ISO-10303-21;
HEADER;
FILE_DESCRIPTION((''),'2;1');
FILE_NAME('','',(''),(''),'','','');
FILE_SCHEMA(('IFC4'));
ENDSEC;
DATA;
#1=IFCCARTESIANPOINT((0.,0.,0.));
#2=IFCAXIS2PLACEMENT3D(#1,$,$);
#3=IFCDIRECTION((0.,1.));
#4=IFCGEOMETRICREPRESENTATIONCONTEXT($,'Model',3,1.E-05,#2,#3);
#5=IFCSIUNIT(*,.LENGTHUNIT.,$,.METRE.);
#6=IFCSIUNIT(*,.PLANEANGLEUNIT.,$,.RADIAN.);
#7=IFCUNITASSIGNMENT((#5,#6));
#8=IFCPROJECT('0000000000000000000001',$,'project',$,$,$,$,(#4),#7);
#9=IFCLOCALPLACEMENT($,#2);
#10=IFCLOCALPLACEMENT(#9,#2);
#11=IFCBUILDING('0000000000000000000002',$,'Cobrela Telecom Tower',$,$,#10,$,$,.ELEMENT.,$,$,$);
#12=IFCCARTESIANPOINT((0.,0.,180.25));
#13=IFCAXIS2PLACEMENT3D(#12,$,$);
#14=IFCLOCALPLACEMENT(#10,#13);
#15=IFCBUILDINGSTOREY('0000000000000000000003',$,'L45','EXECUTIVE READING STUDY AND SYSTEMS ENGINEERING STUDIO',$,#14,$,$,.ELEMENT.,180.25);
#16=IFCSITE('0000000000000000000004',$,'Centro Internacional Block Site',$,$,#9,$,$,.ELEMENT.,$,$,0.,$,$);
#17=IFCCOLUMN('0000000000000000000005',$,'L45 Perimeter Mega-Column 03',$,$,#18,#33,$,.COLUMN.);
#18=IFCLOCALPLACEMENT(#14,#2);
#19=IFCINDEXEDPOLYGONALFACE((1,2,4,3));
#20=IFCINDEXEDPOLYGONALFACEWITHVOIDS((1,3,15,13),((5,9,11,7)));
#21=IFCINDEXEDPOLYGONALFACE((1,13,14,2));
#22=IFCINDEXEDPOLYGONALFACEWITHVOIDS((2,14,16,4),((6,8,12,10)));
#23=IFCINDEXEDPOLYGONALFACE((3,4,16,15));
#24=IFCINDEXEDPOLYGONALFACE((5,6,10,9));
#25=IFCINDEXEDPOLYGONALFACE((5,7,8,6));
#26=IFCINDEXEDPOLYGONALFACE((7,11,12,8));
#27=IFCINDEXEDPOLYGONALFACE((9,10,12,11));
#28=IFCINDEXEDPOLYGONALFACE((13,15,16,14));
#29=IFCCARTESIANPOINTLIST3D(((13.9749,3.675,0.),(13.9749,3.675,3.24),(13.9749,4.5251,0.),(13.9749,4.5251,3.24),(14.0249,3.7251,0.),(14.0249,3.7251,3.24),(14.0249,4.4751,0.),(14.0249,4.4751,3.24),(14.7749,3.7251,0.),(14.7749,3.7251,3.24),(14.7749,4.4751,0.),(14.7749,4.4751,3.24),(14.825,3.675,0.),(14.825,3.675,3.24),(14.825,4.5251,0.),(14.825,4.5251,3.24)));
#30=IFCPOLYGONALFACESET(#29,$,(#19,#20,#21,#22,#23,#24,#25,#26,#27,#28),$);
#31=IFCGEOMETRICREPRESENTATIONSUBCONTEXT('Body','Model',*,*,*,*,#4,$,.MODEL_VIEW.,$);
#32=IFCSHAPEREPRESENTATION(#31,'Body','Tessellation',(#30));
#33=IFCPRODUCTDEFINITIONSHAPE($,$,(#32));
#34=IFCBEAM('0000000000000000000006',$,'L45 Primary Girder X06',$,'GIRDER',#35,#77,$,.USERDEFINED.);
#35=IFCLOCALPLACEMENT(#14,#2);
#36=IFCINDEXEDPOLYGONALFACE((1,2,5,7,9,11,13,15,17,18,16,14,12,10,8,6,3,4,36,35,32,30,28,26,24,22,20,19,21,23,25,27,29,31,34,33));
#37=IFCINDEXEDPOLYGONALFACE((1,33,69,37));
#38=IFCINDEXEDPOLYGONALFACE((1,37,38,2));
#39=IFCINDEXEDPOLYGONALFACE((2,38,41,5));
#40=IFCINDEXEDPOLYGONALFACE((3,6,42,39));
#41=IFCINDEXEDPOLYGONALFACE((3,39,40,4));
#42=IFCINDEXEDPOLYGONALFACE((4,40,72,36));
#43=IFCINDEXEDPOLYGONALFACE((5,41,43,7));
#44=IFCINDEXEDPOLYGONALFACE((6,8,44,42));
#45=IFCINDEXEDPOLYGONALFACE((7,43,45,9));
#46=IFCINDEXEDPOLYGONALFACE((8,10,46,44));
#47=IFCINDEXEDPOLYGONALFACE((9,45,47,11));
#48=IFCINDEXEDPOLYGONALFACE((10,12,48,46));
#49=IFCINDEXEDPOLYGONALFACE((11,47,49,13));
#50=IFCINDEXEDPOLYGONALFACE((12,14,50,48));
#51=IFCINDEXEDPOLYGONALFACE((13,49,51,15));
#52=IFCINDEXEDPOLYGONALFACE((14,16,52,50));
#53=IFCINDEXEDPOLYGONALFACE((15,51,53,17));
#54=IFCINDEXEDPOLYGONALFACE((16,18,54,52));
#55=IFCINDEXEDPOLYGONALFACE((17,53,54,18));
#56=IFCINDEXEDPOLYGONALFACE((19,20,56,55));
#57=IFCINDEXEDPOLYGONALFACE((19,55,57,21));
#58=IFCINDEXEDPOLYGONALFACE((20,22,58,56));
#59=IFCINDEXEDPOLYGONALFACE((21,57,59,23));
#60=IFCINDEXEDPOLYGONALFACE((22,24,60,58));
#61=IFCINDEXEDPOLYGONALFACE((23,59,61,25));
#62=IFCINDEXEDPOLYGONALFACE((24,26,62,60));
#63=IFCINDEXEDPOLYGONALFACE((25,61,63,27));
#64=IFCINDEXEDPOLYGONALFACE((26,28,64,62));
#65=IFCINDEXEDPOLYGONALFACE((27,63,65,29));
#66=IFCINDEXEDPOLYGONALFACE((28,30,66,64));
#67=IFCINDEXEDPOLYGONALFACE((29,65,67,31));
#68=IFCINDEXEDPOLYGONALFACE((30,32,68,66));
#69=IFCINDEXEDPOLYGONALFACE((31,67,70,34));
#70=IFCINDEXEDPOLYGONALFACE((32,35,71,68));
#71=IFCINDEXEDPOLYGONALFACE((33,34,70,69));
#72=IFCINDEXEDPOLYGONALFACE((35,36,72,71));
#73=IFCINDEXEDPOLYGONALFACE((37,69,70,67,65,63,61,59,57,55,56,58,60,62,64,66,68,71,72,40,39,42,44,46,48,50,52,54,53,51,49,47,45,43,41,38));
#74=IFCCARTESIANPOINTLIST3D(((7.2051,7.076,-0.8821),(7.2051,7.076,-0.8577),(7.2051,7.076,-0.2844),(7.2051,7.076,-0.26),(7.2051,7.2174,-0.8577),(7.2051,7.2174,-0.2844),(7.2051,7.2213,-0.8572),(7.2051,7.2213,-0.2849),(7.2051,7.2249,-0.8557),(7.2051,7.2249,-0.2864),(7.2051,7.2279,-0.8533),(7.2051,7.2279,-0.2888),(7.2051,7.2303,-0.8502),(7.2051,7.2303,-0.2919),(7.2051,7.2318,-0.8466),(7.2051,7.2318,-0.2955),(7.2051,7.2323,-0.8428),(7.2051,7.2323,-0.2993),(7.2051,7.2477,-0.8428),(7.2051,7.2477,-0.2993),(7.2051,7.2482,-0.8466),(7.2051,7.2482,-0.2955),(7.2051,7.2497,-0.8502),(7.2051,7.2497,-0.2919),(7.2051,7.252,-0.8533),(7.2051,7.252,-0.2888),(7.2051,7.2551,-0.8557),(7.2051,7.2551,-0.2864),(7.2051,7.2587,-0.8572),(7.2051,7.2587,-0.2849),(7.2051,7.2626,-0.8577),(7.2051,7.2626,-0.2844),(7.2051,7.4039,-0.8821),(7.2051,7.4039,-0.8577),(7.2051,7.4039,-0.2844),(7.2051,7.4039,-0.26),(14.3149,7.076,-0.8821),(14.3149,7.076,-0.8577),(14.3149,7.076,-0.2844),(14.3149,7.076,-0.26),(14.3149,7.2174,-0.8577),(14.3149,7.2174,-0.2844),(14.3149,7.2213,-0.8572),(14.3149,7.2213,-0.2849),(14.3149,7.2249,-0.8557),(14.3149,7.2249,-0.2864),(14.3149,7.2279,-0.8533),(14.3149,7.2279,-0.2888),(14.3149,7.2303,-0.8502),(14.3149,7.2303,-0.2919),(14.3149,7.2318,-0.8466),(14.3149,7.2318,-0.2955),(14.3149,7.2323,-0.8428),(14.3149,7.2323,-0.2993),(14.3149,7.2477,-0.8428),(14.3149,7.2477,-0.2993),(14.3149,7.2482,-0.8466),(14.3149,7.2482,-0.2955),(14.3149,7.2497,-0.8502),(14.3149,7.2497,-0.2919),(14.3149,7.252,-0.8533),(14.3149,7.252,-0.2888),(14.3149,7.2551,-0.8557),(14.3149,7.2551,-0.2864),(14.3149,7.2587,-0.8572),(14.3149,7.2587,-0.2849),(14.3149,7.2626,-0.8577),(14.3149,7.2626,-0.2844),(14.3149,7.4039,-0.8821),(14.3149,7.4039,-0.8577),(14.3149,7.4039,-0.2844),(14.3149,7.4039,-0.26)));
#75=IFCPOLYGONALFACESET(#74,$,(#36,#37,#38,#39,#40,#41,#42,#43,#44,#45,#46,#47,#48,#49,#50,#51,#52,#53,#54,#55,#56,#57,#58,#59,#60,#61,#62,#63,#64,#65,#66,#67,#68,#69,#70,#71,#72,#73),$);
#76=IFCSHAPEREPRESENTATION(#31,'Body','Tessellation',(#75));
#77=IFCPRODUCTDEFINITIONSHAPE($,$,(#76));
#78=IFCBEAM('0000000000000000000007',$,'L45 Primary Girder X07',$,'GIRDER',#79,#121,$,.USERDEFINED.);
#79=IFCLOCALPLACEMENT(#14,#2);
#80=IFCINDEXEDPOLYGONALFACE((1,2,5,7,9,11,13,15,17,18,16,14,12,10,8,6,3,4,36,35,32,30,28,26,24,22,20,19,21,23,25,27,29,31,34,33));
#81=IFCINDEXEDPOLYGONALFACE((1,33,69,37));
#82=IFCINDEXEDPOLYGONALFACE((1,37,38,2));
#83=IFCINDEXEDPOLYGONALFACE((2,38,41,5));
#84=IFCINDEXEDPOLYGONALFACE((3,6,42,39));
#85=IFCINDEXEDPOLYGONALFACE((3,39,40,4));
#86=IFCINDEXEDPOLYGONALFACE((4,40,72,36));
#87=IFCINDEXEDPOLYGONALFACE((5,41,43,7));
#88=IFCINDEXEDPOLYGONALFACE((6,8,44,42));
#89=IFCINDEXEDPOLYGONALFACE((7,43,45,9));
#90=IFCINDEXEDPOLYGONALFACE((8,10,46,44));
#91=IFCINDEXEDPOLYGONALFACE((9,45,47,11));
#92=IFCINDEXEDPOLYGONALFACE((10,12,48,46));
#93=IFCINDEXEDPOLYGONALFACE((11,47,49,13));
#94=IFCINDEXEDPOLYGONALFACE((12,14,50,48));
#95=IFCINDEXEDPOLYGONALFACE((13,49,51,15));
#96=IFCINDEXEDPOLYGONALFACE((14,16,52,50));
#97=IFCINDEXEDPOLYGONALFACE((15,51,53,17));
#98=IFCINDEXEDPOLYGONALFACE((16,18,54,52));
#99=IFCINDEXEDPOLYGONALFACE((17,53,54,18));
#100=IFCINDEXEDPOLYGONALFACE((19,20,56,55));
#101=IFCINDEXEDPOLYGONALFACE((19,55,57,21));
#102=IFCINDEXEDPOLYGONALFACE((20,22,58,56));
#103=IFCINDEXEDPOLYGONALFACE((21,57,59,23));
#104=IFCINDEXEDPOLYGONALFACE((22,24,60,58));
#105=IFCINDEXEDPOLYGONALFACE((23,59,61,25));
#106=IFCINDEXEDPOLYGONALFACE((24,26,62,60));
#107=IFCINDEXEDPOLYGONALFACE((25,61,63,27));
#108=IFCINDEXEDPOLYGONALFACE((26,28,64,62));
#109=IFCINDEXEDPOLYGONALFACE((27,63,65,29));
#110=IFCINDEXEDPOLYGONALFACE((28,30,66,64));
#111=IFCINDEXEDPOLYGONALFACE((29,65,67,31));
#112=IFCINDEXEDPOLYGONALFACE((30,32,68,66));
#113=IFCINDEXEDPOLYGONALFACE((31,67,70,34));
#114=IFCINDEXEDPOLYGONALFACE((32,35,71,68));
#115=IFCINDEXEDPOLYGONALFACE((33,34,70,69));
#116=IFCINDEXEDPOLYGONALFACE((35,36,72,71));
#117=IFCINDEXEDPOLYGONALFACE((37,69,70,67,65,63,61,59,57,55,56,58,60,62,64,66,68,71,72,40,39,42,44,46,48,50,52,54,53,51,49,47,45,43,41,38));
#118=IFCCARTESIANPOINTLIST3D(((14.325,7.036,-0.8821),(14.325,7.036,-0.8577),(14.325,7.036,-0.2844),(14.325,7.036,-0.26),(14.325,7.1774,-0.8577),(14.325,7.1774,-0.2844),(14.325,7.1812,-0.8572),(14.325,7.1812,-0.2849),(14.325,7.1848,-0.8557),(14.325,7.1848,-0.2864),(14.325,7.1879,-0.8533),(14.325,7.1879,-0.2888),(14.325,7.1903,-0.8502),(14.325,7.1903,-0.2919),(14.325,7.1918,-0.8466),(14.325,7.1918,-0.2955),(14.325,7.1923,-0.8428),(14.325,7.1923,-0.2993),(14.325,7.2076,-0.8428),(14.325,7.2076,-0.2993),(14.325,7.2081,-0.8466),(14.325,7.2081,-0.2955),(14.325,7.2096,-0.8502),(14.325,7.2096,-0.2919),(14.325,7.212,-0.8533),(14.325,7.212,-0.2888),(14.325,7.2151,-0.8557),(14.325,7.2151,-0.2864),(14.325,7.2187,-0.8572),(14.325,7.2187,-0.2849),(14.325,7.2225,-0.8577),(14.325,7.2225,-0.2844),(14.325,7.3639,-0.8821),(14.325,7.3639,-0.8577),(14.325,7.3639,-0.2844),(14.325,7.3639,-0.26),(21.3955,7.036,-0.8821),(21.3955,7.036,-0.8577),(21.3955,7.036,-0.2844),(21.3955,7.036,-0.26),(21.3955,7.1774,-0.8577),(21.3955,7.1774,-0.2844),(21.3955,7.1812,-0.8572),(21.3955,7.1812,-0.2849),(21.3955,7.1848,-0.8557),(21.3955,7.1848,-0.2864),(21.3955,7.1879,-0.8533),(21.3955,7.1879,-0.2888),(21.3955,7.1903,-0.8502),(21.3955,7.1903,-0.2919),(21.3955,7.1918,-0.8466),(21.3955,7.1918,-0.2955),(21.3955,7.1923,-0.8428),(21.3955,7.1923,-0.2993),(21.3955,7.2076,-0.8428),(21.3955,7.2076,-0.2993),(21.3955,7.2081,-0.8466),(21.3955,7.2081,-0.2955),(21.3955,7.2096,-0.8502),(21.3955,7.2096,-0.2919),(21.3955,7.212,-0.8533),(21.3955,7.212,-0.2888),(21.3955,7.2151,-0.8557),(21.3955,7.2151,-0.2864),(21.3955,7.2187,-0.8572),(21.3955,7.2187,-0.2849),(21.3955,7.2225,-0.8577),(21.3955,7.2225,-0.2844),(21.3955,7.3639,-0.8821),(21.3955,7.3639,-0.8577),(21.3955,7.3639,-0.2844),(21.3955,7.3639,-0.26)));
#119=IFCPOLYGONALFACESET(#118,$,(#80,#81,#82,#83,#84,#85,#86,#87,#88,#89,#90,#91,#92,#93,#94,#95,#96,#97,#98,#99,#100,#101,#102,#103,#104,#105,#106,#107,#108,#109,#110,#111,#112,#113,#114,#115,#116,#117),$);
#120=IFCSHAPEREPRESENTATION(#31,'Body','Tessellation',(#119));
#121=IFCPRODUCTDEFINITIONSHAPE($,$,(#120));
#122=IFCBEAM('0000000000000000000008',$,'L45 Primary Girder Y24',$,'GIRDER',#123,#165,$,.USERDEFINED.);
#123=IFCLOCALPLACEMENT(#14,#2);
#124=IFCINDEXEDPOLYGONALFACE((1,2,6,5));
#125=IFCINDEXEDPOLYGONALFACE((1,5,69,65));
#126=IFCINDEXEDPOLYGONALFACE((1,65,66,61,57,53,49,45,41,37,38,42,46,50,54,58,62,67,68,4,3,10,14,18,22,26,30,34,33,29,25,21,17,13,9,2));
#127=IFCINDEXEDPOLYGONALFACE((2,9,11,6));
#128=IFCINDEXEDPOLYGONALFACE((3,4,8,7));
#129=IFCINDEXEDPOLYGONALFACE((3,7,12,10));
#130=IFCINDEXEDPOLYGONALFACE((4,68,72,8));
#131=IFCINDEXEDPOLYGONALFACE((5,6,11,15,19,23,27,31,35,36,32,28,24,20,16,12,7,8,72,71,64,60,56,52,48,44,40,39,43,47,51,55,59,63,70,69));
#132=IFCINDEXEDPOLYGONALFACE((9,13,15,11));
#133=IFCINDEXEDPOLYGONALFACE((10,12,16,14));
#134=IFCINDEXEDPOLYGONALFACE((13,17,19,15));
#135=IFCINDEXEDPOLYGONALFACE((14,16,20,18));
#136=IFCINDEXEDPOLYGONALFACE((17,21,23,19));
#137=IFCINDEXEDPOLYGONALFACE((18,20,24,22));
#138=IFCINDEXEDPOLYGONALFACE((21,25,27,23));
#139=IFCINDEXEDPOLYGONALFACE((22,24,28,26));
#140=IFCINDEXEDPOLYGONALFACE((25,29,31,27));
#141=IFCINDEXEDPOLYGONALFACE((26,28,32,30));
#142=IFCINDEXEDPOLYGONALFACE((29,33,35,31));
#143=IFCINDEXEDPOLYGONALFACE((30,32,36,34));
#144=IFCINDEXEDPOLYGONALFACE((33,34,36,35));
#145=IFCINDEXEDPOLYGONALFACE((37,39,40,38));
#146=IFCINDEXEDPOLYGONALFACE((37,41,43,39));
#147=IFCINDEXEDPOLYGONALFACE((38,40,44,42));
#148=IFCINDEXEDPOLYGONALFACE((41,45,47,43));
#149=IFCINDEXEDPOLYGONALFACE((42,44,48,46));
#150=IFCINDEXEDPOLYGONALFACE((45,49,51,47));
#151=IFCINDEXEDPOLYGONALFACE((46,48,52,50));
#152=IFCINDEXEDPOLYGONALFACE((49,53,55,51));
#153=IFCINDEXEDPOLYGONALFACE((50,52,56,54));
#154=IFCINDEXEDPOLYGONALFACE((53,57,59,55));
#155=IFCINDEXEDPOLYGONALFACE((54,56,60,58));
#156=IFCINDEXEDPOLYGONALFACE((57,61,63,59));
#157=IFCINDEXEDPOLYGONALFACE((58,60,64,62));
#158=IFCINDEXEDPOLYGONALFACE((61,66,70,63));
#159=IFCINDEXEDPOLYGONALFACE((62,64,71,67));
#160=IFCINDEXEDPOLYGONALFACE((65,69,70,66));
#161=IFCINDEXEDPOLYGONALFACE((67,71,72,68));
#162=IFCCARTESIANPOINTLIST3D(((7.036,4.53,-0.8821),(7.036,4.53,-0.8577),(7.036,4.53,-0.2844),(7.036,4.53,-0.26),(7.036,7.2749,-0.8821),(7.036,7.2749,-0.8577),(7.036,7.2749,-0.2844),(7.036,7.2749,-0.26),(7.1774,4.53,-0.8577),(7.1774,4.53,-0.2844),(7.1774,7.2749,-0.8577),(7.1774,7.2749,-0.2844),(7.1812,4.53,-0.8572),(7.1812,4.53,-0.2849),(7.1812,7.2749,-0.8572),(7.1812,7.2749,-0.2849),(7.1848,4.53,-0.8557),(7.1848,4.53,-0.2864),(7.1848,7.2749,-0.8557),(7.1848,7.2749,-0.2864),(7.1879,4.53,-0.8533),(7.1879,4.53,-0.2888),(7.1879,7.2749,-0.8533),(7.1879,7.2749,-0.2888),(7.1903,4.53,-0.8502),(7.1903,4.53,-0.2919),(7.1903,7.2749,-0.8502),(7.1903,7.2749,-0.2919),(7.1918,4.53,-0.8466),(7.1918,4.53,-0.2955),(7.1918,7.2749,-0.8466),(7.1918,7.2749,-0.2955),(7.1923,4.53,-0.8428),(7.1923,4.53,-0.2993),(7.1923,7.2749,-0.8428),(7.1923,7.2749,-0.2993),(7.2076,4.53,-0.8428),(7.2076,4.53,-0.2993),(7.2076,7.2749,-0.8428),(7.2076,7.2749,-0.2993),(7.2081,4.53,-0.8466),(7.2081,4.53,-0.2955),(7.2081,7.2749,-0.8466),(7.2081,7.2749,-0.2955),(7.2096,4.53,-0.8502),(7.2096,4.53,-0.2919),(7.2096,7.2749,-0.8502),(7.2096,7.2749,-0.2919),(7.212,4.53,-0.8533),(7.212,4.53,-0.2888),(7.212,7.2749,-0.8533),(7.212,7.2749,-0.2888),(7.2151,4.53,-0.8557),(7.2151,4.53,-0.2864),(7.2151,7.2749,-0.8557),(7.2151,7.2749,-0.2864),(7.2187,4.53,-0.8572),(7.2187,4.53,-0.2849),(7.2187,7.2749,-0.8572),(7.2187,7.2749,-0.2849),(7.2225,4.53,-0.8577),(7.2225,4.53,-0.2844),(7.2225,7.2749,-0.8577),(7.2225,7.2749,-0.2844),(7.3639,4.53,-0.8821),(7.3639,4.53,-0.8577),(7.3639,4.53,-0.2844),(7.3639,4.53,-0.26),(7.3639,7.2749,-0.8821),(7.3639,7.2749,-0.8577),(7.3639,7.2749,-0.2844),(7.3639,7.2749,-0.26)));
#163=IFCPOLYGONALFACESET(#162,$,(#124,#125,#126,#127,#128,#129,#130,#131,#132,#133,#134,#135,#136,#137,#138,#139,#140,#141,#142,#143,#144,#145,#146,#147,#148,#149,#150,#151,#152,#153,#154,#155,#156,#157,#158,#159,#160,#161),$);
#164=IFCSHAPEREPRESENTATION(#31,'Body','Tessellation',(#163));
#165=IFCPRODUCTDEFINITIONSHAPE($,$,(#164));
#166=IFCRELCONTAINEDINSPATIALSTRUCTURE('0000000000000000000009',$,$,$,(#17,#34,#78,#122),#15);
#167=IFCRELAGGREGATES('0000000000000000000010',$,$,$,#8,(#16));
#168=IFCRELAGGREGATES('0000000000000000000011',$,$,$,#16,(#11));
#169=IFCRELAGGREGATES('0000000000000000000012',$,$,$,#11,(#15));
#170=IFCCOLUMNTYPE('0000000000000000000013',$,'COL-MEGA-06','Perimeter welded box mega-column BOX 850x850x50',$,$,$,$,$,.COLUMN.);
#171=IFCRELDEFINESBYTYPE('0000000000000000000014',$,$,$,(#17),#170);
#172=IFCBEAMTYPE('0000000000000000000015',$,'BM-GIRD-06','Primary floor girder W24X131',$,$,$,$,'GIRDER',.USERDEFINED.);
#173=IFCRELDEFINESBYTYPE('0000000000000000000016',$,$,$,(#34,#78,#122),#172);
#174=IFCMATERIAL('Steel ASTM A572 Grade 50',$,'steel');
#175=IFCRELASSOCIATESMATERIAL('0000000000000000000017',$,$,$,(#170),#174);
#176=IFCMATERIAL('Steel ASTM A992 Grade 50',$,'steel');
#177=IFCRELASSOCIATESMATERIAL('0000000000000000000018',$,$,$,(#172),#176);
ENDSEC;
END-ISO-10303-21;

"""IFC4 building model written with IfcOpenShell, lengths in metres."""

from ifc_helpers import new_model, si_unit, direction, frame, origin, origin_2d, place, context, subcontext, project, spatial, hollow_rectangle, i_section, extrude, material, material_profile, profile_set, type_object, element, save


model = new_model("IFC4")

# Units and contexts
model_context = context("Model", 3, precision=1e-05, world=origin(), true_north=direction((0.0, 1.0)))
body_context = subcontext(model_context, "Body", "Model", "MODEL_VIEW")
ifc_project = project(units=[si_unit("LENGTHUNIT", "METRE"), si_unit("PLANEANGLEUNIT", "RADIAN")], contexts=[model_context])

# Site, building, storey
site_placement = place(None, origin())
site = spatial("IfcSite", under=ifc_project, at=site_placement, Name="Centro Internacional Block Site", CompositionType="ELEMENT", RefElevation=0.0)
building_placement = place(site_placement, origin())
building = spatial("IfcBuilding", under=site, at=building_placement, Name="Cobrela Telecom Tower", CompositionType="ELEMENT")
storey_placement = place(building_placement, frame((0.0, 0.0, 180.25)))
storey = spatial("IfcBuildingStorey", under=building, at=storey_placement, Name="L45", Description="EXECUTIVE READING STUDY AND SYSTEMS ENGINEERING STUDIO", CompositionType="ELEMENT", Elevation=180.25)

# Column
ifc_material_1 = material(Name="Steel ASTM A572 Grade 50", Category="steel")
ifc_material_profile_1 = material_profile(ifc_material_1, hollow_rectangle(XDim=0.8501, YDim=0.8501, WallThickness=0.05, at=origin_2d()), Name="BOX 850x850x50")
ifc_profile_set_1 = profile_set([ifc_material_profile_1], Name="Steel ASTM A572 Grade 50")
column_type = type_object("IfcColumnType", Name="COL-MEGA-06", Description="Perimeter welded box mega-column BOX 850x850x50", PredefinedType="COLUMN", material=ifc_profile_set_1)
column_placement = place(storey_placement, frame((14.3999, 4.1001, 0.0), z_axis=(0.0, 0.0, 1.0), x_axis=(1.0, 0.0, 0.0)))
element("IfcColumn", 1, at=column_placement, inside=storey, type_object=column_type, Name="L45 Perimeter Mega-Column 03", PredefinedType="COLUMN", context=body_context, shape_type="SweptSolid", body=[
    extrude(hollow_rectangle(XDim=0.8501, YDim=0.8501, WallThickness=0.05, at=origin_2d()), origin(), (0.0, 0.0, 1.0), 3.24),
])

# Beams
ifc_material_2 = material(Name="Steel ASTM A992 Grade 50", Category="steel")
ifc_material_profile_2 = material_profile(ifc_material_2, i_section(OverallWidth=0.3279, OverallDepth=0.6221, WebThickness=0.0154, FlangeThickness=0.0244, FilletRadius=0.0149, at=origin_2d()), Name="W24X131")
ifc_profile_set_2 = profile_set([ifc_material_profile_2], Name="Steel ASTM A992 Grade 50")
beam_type_1 = type_object("IfcBeamType", Name="BM-GIRD-06", Description="Primary floor girder W24X131", ElementType="GIRDER", PredefinedType="USERDEFINED", material=ifc_profile_set_2)
beam_1_placement = place(storey_placement, frame((7.2051, 7.24, -0.571), z_axis=(1.0, 0.0, 0.0), x_axis=(0.0, 1.0, 0.0)))
element("IfcBeam", 2, at=beam_1_placement, inside=storey, type_object=beam_type_1, Name="L45 Primary Girder X06", ObjectType="GIRDER", PredefinedType="USERDEFINED", context=body_context, shape_type="SweptSolid", body=[
    extrude(i_section(OverallWidth=0.3279, OverallDepth=0.6221, WebThickness=0.0154, FlangeThickness=0.0244, FilletRadius=0.0149, at=origin_2d()), origin(), (0.0, 0.0, 1.0), 7.1099),
])
beam_2_placement = place(storey_placement, frame((14.325, 7.2, -0.571), z_axis=(1.0, 0.0, 0.0), x_axis=(0.0, 1.0, 0.0)))
element("IfcBeam", 3, at=beam_2_placement, inside=storey, type_object=beam_type_1, Name="L45 Primary Girder X07", ObjectType="GIRDER", PredefinedType="USERDEFINED", context=body_context, shape_type="SweptSolid", body=[
    extrude(i_section(OverallWidth=0.3279, OverallDepth=0.6221, WebThickness=0.0154, FlangeThickness=0.0244, FilletRadius=0.0149, at=origin_2d()), origin(), (0.0, 0.0, 1.0), 7.0706),
])
beam_3_placement = place(storey_placement, frame((7.2, 4.53, -0.571), z_axis=(0.0, 1.0, 0.0), x_axis=(-1.0, 0.0, 0.0)))
element("IfcBeam", 4, at=beam_3_placement, inside=storey, type_object=beam_type_1, Name="L45 Primary Girder Y24", ObjectType="GIRDER", PredefinedType="USERDEFINED", context=body_context, shape_type="SweptSolid", body=[
    extrude(i_section(OverallWidth=0.3279, OverallDepth=0.6221, WebThickness=0.0154, FlangeThickness=0.0244, FilletRadius=0.0149, at=origin_2d()), origin(), (0.0, 0.0, 1.0), 2.7449),
])

save(model, "model.ifc")
